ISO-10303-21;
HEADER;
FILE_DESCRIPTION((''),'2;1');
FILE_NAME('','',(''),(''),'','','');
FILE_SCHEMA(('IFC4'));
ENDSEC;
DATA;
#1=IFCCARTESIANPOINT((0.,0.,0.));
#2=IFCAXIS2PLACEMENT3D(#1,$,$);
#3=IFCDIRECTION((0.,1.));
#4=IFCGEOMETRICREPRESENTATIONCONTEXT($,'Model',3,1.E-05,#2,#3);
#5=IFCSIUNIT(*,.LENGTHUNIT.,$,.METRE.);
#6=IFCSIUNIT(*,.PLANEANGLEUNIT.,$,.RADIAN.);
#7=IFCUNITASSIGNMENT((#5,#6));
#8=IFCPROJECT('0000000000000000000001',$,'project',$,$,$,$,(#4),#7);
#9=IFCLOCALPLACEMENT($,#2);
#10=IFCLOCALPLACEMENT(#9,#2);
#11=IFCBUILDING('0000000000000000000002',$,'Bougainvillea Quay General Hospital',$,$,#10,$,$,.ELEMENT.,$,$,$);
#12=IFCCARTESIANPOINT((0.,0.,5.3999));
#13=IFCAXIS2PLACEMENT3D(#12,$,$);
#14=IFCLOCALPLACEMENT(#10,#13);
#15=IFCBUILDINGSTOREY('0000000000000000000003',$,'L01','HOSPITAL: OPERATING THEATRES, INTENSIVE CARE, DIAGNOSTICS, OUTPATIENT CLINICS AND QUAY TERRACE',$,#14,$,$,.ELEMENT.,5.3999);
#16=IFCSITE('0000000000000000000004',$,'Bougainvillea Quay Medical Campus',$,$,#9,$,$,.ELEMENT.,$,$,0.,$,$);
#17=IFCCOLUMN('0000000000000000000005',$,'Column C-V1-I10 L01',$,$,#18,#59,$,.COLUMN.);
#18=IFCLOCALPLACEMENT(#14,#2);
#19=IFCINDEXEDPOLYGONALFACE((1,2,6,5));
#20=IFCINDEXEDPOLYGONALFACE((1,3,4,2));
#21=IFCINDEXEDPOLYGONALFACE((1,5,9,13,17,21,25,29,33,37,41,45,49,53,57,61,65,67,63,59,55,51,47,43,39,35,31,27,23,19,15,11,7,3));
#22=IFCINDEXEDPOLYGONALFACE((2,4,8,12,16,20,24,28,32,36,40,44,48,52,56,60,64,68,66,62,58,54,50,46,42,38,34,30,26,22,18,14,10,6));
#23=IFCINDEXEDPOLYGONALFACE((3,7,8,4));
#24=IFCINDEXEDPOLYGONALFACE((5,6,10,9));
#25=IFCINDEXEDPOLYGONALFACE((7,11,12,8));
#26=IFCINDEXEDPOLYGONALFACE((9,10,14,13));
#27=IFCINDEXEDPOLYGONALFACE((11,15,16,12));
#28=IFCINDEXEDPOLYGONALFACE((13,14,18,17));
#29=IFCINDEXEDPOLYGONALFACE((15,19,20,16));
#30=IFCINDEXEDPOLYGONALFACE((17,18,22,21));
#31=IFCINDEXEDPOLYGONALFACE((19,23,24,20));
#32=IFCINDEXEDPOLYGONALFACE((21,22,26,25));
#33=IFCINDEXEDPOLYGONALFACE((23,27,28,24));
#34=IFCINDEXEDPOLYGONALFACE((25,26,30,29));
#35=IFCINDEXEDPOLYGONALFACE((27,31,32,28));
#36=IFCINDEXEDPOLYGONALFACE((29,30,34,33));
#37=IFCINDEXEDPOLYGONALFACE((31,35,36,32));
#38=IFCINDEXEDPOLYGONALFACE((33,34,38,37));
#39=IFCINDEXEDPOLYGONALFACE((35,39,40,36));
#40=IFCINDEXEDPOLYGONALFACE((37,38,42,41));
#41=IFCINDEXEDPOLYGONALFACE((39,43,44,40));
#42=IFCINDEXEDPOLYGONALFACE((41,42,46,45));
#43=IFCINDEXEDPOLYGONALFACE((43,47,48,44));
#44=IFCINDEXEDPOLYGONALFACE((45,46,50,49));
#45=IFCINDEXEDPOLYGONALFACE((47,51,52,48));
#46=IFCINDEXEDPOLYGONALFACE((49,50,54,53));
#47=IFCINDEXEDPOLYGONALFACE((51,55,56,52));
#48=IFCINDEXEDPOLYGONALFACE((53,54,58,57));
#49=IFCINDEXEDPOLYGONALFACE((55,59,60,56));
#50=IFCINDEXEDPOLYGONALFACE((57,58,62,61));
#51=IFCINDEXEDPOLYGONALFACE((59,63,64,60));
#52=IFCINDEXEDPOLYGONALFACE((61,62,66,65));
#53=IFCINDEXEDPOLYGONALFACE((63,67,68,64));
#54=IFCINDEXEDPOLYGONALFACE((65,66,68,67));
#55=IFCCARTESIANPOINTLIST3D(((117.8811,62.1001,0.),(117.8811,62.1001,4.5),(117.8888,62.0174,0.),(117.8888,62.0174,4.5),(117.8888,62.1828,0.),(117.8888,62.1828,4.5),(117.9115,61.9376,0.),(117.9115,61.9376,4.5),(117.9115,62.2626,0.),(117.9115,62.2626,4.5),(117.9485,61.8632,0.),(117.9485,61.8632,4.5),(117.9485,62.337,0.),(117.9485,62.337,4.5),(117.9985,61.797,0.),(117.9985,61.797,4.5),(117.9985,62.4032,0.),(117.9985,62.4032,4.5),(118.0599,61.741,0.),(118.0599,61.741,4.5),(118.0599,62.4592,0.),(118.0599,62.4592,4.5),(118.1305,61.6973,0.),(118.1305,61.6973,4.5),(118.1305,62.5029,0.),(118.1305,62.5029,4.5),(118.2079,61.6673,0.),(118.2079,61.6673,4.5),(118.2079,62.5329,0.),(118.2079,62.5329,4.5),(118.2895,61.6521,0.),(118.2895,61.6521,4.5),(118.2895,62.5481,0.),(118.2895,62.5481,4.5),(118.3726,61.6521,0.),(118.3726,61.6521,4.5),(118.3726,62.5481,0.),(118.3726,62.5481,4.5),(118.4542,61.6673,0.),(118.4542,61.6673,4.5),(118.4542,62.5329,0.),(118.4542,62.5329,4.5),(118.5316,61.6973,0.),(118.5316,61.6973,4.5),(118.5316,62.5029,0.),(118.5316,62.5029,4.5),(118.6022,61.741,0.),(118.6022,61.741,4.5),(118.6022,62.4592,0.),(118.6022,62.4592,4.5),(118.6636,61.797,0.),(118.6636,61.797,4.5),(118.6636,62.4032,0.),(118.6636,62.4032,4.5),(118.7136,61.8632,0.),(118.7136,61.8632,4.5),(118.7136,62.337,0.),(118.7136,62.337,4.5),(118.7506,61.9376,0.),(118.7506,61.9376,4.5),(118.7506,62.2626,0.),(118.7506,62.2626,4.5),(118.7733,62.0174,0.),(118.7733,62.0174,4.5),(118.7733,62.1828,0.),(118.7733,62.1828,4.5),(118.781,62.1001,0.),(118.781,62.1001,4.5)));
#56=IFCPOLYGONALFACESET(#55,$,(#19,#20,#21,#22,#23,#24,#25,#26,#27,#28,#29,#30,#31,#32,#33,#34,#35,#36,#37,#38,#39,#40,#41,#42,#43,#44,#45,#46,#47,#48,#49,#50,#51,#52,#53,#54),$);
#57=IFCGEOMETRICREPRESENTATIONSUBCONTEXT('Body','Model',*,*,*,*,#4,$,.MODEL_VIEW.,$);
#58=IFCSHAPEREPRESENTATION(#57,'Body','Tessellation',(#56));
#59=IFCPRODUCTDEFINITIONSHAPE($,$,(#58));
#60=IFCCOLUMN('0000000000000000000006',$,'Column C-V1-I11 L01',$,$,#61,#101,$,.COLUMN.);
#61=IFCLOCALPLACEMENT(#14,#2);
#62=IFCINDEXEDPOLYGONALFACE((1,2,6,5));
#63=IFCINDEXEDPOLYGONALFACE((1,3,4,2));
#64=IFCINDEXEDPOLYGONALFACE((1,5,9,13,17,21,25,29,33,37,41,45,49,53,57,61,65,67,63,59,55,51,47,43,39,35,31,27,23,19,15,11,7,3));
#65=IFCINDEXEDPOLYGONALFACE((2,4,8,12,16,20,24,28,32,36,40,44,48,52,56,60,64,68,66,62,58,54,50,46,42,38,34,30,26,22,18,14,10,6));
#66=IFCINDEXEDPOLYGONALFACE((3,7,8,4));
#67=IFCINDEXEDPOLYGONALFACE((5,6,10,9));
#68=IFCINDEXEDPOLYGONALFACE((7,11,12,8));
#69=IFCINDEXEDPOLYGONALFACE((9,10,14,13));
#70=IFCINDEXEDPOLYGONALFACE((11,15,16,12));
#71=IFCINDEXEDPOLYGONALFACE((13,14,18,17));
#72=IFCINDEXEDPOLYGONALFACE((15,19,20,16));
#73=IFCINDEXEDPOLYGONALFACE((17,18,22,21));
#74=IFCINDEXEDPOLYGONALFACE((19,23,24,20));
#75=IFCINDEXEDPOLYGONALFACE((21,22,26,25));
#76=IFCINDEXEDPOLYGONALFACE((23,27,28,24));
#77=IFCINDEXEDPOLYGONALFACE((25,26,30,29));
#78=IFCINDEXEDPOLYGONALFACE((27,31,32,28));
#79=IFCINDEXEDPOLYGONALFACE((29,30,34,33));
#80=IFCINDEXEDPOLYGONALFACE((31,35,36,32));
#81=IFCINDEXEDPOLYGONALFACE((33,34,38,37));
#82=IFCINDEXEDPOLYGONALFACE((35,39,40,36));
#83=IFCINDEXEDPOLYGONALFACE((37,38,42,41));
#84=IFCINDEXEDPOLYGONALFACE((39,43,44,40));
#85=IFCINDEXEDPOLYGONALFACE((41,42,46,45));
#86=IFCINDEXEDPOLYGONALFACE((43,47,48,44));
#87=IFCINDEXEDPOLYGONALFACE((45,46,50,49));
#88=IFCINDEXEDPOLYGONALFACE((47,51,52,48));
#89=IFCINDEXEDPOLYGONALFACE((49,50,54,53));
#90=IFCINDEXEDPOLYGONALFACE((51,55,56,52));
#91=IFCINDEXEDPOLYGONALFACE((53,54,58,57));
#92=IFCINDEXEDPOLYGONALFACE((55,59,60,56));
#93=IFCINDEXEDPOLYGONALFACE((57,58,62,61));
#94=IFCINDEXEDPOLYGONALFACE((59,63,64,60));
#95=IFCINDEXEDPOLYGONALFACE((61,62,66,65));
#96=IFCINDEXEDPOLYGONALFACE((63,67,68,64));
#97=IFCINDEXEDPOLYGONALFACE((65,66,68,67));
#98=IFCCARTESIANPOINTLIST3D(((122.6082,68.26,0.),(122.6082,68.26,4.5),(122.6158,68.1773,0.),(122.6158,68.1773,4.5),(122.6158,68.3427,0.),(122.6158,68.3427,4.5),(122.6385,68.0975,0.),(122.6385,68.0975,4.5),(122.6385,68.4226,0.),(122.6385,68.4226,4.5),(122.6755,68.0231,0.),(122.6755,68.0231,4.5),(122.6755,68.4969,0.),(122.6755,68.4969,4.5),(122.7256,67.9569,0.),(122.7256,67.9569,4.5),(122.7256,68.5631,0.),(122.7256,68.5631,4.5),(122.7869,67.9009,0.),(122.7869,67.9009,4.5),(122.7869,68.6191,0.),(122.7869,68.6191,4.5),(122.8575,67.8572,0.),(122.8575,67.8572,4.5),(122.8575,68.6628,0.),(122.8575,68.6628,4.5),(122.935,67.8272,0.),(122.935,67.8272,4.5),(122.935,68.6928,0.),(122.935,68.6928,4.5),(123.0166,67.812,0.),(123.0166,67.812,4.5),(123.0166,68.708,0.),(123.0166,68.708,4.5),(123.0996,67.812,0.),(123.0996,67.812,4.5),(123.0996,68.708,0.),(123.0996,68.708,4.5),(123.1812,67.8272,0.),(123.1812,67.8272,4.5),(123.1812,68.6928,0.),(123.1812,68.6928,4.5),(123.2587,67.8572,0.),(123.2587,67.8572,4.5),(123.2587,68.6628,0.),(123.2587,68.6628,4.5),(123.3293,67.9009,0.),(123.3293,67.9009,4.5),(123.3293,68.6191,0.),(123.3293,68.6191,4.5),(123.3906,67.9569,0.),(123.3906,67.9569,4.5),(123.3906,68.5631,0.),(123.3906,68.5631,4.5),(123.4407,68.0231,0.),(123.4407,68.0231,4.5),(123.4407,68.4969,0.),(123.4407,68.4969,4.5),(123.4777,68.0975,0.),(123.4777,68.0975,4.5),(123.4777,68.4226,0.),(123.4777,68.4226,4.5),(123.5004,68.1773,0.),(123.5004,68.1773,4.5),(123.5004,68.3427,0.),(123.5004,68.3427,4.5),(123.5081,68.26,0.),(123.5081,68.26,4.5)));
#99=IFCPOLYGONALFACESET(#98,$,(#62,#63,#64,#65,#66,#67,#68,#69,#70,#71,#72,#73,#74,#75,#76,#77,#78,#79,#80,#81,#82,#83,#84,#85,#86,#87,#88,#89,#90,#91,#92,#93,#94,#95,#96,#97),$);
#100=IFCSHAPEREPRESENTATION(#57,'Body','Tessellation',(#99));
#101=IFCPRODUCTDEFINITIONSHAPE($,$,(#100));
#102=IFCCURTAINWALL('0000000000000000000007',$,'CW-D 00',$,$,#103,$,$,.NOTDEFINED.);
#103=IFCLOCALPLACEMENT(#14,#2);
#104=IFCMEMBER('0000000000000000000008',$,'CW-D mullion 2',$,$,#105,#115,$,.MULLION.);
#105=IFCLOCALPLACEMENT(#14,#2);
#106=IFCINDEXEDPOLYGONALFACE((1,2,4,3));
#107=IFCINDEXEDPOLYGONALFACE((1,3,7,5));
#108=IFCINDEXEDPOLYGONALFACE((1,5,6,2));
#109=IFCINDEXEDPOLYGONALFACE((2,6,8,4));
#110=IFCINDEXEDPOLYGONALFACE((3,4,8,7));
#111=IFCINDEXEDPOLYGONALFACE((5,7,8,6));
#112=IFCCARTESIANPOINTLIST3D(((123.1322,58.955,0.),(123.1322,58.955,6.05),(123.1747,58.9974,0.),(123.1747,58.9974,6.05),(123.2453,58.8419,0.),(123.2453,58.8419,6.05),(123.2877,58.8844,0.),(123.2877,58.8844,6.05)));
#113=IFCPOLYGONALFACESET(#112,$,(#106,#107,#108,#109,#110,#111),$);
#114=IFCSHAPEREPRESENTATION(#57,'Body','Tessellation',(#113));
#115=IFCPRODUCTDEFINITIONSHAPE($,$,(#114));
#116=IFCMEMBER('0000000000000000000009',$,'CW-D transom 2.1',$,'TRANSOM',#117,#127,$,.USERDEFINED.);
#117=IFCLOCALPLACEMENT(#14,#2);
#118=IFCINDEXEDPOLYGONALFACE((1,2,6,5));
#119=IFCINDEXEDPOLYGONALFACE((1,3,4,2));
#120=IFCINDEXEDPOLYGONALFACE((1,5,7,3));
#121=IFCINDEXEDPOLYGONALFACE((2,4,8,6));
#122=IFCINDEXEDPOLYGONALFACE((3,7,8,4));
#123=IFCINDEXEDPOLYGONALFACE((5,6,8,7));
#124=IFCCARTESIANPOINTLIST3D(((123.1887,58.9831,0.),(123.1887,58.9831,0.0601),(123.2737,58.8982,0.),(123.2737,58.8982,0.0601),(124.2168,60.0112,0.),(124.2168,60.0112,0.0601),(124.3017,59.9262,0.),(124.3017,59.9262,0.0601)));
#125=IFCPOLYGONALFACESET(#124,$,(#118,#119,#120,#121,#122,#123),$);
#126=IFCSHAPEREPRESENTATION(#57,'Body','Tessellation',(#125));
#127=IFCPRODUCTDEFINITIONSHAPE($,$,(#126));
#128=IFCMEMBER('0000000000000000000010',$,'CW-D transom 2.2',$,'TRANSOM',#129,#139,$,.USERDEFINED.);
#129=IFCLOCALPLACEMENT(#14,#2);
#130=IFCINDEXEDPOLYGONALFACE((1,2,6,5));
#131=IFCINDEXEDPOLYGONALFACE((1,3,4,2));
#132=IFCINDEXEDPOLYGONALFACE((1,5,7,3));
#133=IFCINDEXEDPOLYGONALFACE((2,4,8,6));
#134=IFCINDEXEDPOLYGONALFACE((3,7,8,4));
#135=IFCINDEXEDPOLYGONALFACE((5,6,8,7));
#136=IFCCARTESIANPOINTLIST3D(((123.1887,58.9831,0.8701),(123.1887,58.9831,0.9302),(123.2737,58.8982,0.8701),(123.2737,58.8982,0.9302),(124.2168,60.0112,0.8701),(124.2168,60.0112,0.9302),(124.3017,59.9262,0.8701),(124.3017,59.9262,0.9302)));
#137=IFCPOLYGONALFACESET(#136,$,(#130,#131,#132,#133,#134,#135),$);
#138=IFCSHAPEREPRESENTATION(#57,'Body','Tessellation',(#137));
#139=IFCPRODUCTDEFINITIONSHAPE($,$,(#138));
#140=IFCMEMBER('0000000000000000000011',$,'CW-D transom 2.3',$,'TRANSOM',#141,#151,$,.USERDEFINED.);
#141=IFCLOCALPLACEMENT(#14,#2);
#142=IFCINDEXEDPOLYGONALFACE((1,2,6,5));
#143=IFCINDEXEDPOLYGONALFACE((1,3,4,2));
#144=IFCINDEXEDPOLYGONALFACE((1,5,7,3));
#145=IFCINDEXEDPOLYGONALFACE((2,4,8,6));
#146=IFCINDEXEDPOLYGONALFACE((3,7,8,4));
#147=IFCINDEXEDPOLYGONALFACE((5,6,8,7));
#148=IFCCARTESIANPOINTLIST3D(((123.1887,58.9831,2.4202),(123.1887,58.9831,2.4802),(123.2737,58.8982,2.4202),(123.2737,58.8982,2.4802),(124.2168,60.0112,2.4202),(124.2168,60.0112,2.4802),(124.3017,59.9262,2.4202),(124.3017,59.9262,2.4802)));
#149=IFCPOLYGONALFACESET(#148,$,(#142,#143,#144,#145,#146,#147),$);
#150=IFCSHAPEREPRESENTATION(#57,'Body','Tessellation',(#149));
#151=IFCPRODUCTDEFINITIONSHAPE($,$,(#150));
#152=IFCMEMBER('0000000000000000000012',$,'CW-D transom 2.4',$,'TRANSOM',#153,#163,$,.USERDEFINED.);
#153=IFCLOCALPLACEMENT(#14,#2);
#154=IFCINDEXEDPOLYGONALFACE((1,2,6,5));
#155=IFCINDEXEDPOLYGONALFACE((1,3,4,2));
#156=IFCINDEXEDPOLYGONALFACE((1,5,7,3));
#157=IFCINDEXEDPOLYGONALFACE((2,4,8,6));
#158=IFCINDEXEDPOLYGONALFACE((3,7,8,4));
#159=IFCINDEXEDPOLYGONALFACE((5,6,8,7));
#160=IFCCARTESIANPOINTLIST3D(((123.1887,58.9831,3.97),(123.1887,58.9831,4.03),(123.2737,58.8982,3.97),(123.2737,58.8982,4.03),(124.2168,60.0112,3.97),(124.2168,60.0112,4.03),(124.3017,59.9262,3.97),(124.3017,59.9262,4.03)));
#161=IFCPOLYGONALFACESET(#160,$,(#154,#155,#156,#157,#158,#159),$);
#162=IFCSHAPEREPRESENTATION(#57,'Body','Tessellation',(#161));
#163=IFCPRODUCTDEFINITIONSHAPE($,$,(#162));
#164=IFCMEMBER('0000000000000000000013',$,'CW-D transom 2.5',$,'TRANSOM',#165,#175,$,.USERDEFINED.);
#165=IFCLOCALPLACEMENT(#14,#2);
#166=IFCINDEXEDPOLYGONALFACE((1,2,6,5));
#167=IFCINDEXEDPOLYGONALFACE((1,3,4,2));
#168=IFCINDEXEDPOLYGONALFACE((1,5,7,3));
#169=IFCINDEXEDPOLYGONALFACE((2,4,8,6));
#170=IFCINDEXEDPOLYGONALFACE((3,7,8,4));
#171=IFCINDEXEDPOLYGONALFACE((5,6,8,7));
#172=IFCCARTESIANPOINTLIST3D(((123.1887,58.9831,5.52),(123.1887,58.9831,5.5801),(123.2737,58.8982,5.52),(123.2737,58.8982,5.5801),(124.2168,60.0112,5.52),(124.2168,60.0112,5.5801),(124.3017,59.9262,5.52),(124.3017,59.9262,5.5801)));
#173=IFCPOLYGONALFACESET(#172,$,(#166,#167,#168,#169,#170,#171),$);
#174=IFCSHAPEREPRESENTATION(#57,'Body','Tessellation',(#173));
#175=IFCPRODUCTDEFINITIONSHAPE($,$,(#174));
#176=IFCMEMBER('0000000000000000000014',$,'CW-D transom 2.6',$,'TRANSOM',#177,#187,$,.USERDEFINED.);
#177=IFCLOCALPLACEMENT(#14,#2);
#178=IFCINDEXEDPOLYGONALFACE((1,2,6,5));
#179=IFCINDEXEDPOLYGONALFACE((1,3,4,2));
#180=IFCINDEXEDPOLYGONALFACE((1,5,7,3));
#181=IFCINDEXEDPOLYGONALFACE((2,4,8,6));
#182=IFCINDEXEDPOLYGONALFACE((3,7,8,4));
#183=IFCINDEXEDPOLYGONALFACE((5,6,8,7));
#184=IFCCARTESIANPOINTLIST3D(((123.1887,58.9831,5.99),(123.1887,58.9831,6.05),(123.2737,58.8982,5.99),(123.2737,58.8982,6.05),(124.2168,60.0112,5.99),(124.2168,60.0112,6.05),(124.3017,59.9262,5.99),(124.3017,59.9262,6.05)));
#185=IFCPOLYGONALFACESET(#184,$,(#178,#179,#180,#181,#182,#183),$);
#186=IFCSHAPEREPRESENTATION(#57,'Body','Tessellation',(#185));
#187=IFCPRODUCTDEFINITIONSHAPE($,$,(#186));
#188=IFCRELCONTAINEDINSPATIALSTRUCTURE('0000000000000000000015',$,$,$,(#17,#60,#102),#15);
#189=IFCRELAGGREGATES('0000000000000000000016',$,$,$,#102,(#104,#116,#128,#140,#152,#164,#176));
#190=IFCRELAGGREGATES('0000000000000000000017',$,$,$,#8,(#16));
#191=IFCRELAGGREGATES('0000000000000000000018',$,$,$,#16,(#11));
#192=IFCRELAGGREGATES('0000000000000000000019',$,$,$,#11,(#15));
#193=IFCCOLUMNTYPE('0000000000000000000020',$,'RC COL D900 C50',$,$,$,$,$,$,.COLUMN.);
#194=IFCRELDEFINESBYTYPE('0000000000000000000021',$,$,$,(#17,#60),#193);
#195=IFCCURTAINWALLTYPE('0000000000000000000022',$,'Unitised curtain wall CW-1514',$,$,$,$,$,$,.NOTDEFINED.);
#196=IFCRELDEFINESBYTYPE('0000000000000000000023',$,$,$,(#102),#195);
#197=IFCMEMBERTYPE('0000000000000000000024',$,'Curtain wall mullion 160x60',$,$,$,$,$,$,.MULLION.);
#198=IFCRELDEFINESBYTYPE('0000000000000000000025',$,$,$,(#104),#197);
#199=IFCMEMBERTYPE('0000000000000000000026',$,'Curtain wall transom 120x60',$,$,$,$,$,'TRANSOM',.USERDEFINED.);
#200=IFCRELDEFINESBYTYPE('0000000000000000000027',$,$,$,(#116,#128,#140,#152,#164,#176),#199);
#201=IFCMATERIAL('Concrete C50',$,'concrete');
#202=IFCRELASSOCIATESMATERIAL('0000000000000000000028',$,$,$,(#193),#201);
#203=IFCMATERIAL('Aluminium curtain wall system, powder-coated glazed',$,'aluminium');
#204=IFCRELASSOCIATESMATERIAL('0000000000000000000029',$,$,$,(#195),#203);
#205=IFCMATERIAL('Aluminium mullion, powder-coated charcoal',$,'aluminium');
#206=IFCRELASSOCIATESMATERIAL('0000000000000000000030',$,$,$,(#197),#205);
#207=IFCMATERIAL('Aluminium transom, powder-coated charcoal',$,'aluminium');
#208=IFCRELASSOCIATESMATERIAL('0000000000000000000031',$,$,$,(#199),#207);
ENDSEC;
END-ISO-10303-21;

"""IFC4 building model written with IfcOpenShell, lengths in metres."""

from ifc_helpers import new_model, si_unit, direction, frame, origin, origin_2d, place, context, subcontext, project, spatial, rectangle, circle, extrude, material, material_profile, profile_set, type_object, element, aggregate, save


model = new_model("IFC4")

# Units and contexts
model_context = context("Model", 3, precision=1e-05, world=origin(), true_north=direction((0.0, 1.0)))
body_context = subcontext(model_context, "Body", "Model", "MODEL_VIEW")
ifc_project = project(units=[si_unit("LENGTHUNIT", "METRE"), si_unit("PLANEANGLEUNIT", "RADIAN")], contexts=[model_context])

# Site, building, storey
site_placement = place(None, origin())
site = spatial("IfcSite", under=ifc_project, at=site_placement, Name="Bougainvillea Quay Medical Campus", CompositionType="ELEMENT", RefElevation=0.0)
building_placement = place(site_placement, origin())
building = spatial("IfcBuilding", under=site, at=building_placement, Name="Bougainvillea Quay General Hospital", CompositionType="ELEMENT")
storey_placement = place(building_placement, frame((0.0, 0.0, 5.3999)))
storey = spatial("IfcBuildingStorey", under=building, at=storey_placement, Name="L01", Description="HOSPITAL: OPERATING THEATRES, INTENSIVE CARE, DIAGNOSTICS, OUTPATIENT CLINICS AND QUAY TERRACE", CompositionType="ELEMENT", Elevation=5.3999)

# Columns
ifc_material_1 = material(Name="Concrete C50", Category="concrete")
ifc_material_profile_1 = material_profile(ifc_material_1, circle(Radius=0.45, at=origin_2d()))
ifc_profile_set_1 = profile_set([ifc_material_profile_1], Name="Concrete C50")
column_type = type_object("IfcColumnType", Name="RC COL D900 C50", PredefinedType="COLUMN", material=ifc_profile_set_1)
for number, where, z_axis, x_axis, name in (
    (1, (118.3311, 62.1001, 0.0), (0.0, 0.0, 1.0), (1.0, 0.0, 0.0), "Column C-V1-I10 L01"),
    (2, (123.0581, 68.26, 0.0), (0.0, 0.0, 1.0), (1.0, 0.0, 0.0), "Column C-V1-I11 L01"),
):
    element("IfcColumn", number, at=place(storey_placement, frame(where, z_axis=z_axis, x_axis=x_axis)), inside=storey, type_object=column_type, Name=name, PredefinedType="COLUMN", context=body_context, shape_type="SweptSolid", body=[
        extrude(circle(Radius=0.45, at=origin_2d()), origin(), (0.0, 0.0, 1.0), 4.5),
    ])

# Curtain wall, members
ifc_material_2 = material(Name="Aluminium curtain wall system, powder-coated glazed", Category="aluminium")
curtain_wall_type = type_object("IfcCurtainWallType", Name="Unitised curtain wall CW-1514", PredefinedType="NOTDEFINED", material=ifc_material_2)
curtain_wall_placement = place(storey_placement, origin())
curtain_wall = element("IfcCurtainWall", 3, at=curtain_wall_placement, inside=storey, type_object=curtain_wall_type, Name="CW-D 00", PredefinedType="NOTDEFINED")
ifc_material_3 = material(Name="Aluminium mullion, powder-coated charcoal", Category="aluminium")
ifc_material_profile_2 = material_profile(ifc_material_3, rectangle(XDim=0.1599, YDim=0.0601, at=origin_2d()))
ifc_profile_set_2 = profile_set([ifc_material_profile_2], Name="Aluminium mullion, powder-coated charcoal")
member_type_1 = type_object("IfcMemberType", Name="Curtain wall mullion 160x60", PredefinedType="MULLION", material=ifc_profile_set_2)
member_1_placement = place(storey_placement, frame((123.21, 58.9197, 0.0), z_axis=(0.0, 0.0, 1.0), x_axis=(-0.707107, 0.707107, 0.0)))
member_1 = element("IfcMember", 4, at=member_1_placement, type_object=member_type_1, Name="CW-D mullion 2", PredefinedType="MULLION", context=body_context, shape_type="SweptSolid", body=[
    extrude(rectangle(XDim=0.1599, YDim=0.0601, at=origin_2d()), origin(), (0.0, 0.0, 1.0), 6.05),
])
ifc_material_4 = material(Name="Aluminium transom, powder-coated charcoal", Category="aluminium")
ifc_material_profile_3 = material_profile(ifc_material_4, rectangle(XDim=0.1201, YDim=0.0601, at=origin_2d()))
ifc_profile_set_3 = profile_set([ifc_material_profile_3], Name="Aluminium transom, powder-coated charcoal")
member_type_2 = type_object("IfcMemberType", Name="Curtain wall transom 120x60", ElementType="TRANSOM", PredefinedType="USERDEFINED", material=ifc_profile_set_3)
member_2_placement = place(storey_placement, frame((123.2312, 58.9407, 0.03), z_axis=(0.707107, 0.707107, 0.0), x_axis=(-0.707107, 0.707107, 0.0)))
member_2 = element("IfcMember", 5, at=member_2_placement, type_object=member_type_2, Name="CW-D transom 2.1", ObjectType="TRANSOM", PredefinedType="USERDEFINED", context=body_context, shape_type="SweptSolid", body=[
    extrude(rectangle(XDim=0.1201, YDim=0.0601, at=origin_2d()), origin(), (0.0, 0.0, 1.0), 1.4539),
])
member_3_placement = place(storey_placement, frame((123.2312, 58.9407, 0.9001), z_axis=(0.707107, 0.707107, 0.0), x_axis=(-0.707107, 0.707107, 0.0)))
member_3 = element("IfcMember", 6, at=member_3_placement, type_object=member_type_2, Name="CW-D transom 2.2", ObjectType="TRANSOM", PredefinedType="USERDEFINED", context=body_context, shape_type="SweptSolid", body=[
    extrude(rectangle(XDim=0.1201, YDim=0.0601, at=origin_2d()), origin(), (0.0, 0.0, 1.0), 1.4539),
])
member_4_placement = place(storey_placement, frame((123.2312, 58.9407, 2.4502), z_axis=(0.707107, 0.707107, 0.0), x_axis=(-0.707107, 0.707107, 0.0)))
member_4 = element("IfcMember", 7, at=member_4_placement, type_object=member_type_2, Name="CW-D transom 2.3", ObjectType="TRANSOM", PredefinedType="USERDEFINED", context=body_context, shape_type="SweptSolid", body=[
    extrude(rectangle(XDim=0.1201, YDim=0.0601, at=origin_2d()), origin(), (0.0, 0.0, 1.0), 1.4539),
])
member_5_placement = place(storey_placement, frame((123.2312, 58.9407, 4.0), z_axis=(0.707107, 0.707107, 0.0), x_axis=(-0.707107, 0.707107, 0.0)))
member_5 = element("IfcMember", 8, at=member_5_placement, type_object=member_type_2, Name="CW-D transom 2.4", ObjectType="TRANSOM", PredefinedType="USERDEFINED", context=body_context, shape_type="SweptSolid", body=[
    extrude(rectangle(XDim=0.1201, YDim=0.0601, at=origin_2d()), origin(), (0.0, 0.0, 1.0), 1.4539),
])
member_6_placement = place(storey_placement, frame((123.2312, 58.9407, 5.55), z_axis=(0.707107, 0.707107, 0.0), x_axis=(-0.707107, 0.707107, 0.0)))
member_6 = element("IfcMember", 9, at=member_6_placement, type_object=member_type_2, Name="CW-D transom 2.5", ObjectType="TRANSOM", PredefinedType="USERDEFINED", context=body_context, shape_type="SweptSolid", body=[
    extrude(rectangle(XDim=0.1201, YDim=0.0601, at=origin_2d()), origin(), (0.0, 0.0, 1.0), 1.4539),
])
member_7_placement = place(storey_placement, frame((123.2312, 58.9407, 6.02), z_axis=(0.707107, 0.707107, 0.0), x_axis=(-0.707107, 0.707107, 0.0)))
member_7 = element("IfcMember", 10, at=member_7_placement, type_object=member_type_2, Name="CW-D transom 2.6", ObjectType="TRANSOM", PredefinedType="USERDEFINED", context=body_context, shape_type="SweptSolid", body=[
    extrude(rectangle(XDim=0.1201, YDim=0.0601, at=origin_2d()), origin(), (0.0, 0.0, 1.0), 1.4539),
])
aggregate(curtain_wall, [member_1, member_2, member_3, member_4, member_5, member_6, member_7])

save(model, "model.ifc")
